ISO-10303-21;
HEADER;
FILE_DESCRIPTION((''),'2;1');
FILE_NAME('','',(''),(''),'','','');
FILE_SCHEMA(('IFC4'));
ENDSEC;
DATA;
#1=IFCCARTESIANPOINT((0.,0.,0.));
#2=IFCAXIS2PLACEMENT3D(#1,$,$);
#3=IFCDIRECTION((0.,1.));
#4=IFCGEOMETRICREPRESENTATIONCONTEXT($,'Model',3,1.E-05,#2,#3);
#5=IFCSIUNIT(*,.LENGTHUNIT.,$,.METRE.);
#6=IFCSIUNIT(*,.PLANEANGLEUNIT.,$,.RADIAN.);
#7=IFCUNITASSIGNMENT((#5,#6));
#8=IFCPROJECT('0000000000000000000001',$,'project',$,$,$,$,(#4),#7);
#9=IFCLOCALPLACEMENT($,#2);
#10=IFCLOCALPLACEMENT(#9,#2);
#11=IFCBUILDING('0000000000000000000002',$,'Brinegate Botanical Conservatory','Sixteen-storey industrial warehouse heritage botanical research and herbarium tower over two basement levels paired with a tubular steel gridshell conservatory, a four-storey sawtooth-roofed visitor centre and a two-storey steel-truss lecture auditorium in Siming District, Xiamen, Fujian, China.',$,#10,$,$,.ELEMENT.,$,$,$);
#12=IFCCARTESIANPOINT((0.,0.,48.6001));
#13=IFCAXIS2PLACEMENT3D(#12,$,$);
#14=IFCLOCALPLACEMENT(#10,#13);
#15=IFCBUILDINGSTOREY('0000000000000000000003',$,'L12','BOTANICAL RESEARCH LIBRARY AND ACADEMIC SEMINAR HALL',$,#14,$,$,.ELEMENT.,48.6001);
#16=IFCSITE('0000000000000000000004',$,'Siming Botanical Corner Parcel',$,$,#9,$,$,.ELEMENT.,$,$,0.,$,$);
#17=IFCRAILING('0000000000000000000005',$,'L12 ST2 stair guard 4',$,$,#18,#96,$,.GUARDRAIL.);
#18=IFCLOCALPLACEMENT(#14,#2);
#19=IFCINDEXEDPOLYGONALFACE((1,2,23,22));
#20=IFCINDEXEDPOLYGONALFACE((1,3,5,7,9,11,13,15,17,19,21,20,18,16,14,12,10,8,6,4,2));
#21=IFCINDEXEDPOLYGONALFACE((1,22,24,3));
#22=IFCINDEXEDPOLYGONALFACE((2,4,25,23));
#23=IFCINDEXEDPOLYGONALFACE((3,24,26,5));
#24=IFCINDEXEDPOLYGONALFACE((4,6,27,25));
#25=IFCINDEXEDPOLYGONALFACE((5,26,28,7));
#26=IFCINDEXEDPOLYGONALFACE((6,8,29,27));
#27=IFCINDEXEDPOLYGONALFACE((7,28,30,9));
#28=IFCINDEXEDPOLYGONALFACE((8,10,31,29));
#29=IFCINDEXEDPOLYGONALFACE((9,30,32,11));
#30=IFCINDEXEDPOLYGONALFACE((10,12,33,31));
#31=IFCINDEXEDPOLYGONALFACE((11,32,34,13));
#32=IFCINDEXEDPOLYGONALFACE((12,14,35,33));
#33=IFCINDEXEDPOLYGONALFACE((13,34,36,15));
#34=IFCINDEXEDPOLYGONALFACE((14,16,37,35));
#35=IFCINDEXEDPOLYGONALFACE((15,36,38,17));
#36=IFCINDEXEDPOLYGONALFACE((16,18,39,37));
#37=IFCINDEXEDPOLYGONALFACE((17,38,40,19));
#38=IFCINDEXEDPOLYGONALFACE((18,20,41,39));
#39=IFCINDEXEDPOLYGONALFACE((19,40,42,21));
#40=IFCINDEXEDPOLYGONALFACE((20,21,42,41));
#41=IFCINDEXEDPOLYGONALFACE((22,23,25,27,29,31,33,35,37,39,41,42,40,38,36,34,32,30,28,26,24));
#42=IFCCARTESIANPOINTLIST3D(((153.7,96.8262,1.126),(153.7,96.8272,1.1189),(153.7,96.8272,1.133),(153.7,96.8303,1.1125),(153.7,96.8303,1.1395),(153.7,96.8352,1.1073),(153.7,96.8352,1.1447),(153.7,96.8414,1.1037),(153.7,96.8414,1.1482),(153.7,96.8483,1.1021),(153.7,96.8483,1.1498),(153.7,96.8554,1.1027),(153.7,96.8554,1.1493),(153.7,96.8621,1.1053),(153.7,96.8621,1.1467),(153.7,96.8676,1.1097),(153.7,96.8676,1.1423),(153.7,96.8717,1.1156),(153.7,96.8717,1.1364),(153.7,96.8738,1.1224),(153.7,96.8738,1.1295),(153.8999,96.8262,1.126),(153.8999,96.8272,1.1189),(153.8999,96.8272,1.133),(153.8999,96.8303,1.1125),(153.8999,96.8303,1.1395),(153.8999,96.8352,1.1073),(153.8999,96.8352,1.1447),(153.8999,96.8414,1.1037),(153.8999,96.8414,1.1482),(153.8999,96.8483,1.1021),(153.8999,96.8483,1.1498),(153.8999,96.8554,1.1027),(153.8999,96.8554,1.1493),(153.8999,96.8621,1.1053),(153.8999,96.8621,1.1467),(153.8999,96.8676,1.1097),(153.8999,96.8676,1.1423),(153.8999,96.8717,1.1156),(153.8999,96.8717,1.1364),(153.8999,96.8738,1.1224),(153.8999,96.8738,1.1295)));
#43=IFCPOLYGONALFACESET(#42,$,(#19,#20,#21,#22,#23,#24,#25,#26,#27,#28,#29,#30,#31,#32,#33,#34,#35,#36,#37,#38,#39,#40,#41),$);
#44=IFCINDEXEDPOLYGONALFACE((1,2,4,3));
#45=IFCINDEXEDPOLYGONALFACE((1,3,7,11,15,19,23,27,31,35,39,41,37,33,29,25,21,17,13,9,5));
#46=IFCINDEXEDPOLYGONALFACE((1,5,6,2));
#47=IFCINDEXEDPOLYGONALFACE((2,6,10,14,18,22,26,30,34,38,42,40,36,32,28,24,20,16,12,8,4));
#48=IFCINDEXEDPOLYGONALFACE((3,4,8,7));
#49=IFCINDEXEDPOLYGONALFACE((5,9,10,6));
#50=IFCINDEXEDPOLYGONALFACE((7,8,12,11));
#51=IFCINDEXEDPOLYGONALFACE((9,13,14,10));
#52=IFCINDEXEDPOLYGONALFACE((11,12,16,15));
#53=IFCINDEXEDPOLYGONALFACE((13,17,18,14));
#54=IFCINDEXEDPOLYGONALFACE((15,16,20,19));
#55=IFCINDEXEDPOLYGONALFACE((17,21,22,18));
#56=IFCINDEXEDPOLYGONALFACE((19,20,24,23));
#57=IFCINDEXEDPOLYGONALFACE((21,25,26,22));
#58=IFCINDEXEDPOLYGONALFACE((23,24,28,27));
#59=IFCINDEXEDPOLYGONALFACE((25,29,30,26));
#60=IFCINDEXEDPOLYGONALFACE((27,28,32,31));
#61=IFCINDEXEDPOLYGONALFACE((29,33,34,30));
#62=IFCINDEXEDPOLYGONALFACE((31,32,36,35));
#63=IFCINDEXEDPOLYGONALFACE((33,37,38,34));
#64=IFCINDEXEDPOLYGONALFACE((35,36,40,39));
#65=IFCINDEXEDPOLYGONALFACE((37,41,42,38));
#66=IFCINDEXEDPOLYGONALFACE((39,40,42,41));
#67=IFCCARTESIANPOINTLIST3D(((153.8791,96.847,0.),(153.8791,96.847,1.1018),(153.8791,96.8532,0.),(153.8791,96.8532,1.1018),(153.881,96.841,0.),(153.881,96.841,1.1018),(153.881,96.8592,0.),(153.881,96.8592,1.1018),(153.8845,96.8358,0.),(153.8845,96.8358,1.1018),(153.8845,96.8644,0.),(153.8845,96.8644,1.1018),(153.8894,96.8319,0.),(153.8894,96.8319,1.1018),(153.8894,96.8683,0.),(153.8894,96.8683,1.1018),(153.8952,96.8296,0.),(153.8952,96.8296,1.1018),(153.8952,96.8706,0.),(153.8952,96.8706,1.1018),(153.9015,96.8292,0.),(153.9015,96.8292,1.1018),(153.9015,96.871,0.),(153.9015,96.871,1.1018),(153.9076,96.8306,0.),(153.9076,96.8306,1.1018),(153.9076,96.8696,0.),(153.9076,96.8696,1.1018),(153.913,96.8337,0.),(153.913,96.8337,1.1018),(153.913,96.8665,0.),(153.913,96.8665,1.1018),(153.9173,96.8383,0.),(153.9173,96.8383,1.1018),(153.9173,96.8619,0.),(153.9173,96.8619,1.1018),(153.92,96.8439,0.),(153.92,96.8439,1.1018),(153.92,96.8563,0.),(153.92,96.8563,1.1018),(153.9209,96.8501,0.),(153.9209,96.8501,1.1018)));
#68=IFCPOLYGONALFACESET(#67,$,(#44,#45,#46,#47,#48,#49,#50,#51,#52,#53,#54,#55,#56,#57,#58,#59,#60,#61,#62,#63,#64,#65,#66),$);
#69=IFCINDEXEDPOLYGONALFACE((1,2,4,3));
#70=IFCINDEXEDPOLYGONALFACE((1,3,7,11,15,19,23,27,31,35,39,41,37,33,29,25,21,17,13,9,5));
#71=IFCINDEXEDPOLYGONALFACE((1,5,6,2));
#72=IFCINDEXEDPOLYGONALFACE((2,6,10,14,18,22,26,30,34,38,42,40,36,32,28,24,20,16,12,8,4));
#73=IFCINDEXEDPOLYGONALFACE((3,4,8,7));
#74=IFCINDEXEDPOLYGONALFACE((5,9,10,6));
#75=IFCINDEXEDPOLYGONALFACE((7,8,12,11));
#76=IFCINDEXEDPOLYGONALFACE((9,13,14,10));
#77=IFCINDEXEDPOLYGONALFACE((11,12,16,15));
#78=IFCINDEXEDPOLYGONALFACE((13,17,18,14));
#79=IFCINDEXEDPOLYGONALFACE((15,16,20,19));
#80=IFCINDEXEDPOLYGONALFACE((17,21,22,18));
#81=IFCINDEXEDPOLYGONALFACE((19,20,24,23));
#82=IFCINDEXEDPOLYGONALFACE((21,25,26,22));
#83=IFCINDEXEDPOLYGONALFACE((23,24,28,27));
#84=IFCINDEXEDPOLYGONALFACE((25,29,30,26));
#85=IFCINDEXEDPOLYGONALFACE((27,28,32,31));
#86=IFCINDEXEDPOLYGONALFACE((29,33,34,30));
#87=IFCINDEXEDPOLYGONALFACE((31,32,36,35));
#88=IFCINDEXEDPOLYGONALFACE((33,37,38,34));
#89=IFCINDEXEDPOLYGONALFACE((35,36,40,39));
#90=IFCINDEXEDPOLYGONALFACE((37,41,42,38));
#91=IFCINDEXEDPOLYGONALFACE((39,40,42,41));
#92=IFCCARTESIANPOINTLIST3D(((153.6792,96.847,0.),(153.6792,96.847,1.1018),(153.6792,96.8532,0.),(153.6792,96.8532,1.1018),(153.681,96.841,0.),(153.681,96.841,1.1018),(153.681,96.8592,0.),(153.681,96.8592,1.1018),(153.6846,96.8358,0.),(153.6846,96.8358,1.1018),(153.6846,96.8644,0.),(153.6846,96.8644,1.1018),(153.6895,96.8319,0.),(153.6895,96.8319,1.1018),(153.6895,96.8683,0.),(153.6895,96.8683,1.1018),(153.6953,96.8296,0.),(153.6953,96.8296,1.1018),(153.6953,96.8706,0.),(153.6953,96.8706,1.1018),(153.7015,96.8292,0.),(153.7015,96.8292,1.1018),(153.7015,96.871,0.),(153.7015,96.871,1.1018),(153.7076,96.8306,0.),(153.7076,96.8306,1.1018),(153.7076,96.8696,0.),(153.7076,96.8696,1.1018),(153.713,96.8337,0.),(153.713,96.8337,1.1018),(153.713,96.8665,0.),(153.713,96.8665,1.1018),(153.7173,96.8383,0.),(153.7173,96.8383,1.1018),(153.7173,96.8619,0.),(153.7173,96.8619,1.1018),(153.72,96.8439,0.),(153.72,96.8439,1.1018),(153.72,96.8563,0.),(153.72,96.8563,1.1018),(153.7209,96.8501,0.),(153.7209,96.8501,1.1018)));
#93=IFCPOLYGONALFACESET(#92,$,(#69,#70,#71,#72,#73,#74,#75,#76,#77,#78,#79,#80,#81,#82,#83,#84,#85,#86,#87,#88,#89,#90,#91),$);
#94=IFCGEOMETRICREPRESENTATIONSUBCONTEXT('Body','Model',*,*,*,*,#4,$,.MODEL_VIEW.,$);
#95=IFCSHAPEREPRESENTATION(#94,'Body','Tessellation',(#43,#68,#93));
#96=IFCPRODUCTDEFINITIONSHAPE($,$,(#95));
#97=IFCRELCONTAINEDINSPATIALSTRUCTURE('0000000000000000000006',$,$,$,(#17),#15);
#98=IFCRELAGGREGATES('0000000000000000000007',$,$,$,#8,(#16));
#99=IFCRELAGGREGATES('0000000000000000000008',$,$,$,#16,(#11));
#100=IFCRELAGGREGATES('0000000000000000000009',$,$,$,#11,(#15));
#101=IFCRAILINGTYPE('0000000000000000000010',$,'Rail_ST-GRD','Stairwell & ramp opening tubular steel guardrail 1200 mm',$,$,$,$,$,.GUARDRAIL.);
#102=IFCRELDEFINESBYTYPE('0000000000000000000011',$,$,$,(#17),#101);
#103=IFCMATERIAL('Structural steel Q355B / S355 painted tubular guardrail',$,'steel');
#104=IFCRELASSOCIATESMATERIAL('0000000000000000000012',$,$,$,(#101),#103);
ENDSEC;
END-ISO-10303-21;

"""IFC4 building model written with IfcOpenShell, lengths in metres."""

from ifc_helpers import new_model, si_unit, direction, frame, origin, origin_2d, place, context, subcontext, project, spatial, circle, extrude, material, type_object, element, save


model = new_model("IFC4")

# Units and contexts
model_context = context("Model", 3, precision=1e-05, world=origin(), true_north=direction((0.0, 1.0)))
body_context = subcontext(model_context, "Body", "Model", "MODEL_VIEW")
ifc_project = project(units=[si_unit("LENGTHUNIT", "METRE"), si_unit("PLANEANGLEUNIT", "RADIAN")], contexts=[model_context])

# Site, building, storey
site_placement = place(None, origin())
site = spatial("IfcSite", under=ifc_project, at=site_placement, Name="Siming Botanical Corner Parcel", CompositionType="ELEMENT", RefElevation=0.0)
building_placement = place(site_placement, origin())
building = spatial("IfcBuilding", under=site, at=building_placement, Name="Brinegate Botanical Conservatory", Description="Sixteen-storey industrial warehouse heritage botanical research and herbarium tower over two basement levels paired with a tubular steel gridshell conservatory, a four-storey sawtooth-roofed visitor centre and a two-storey steel-truss lecture auditorium in Siming District, Xiamen, Fujian, China.", CompositionType="ELEMENT")
storey_placement = place(building_placement, frame((0.0, 0.0, 48.6001)))
storey = spatial("IfcBuildingStorey", under=building, at=storey_placement, Name="L12", Description="BOTANICAL RESEARCH LIBRARY AND ACADEMIC SEMINAR HALL", CompositionType="ELEMENT", Elevation=48.6001)

# Railing
ifc_material_1 = material(Name="Structural steel Q355B / S355 painted tubular guardrail", Category="steel")
railing_type_1 = type_object("IfcRailingType", Name="Rail_ST-GRD", Description="Stairwell & ramp opening tubular steel guardrail 1200 mm", PredefinedType="GUARDRAIL", material=ifc_material_1)
railing_1_placement = place(storey_placement, frame((153.8999, 96.8501, 0.0)))
element("IfcRailing", 1, at=railing_1_placement, inside=storey, type_object=railing_type_1, Name="L12 ST2 stair guard 4", PredefinedType="GUARDRAIL", context=body_context, shape_type="SweptSolid", body=[
    extrude(circle(Radius=0.0239, at=origin_2d()), frame((0.0, 0.0, 1.126), z_axis=(-1.0, 0.0, 0.0), x_axis=(0.0, -1.0, 0.0)), (0.0, 0.0, 1.0), 0.2),
    extrude(circle(Radius=0.021, at=origin_2d()), origin(), (0.0, 0.0, 1.0), 1.1018),
    extrude(circle(Radius=0.021, at=origin_2d()), frame((-0.2, 0.0, 0.0)), (0.0, 0.0, 1.0), 1.1018),
])

save(model, "model.ifc")
